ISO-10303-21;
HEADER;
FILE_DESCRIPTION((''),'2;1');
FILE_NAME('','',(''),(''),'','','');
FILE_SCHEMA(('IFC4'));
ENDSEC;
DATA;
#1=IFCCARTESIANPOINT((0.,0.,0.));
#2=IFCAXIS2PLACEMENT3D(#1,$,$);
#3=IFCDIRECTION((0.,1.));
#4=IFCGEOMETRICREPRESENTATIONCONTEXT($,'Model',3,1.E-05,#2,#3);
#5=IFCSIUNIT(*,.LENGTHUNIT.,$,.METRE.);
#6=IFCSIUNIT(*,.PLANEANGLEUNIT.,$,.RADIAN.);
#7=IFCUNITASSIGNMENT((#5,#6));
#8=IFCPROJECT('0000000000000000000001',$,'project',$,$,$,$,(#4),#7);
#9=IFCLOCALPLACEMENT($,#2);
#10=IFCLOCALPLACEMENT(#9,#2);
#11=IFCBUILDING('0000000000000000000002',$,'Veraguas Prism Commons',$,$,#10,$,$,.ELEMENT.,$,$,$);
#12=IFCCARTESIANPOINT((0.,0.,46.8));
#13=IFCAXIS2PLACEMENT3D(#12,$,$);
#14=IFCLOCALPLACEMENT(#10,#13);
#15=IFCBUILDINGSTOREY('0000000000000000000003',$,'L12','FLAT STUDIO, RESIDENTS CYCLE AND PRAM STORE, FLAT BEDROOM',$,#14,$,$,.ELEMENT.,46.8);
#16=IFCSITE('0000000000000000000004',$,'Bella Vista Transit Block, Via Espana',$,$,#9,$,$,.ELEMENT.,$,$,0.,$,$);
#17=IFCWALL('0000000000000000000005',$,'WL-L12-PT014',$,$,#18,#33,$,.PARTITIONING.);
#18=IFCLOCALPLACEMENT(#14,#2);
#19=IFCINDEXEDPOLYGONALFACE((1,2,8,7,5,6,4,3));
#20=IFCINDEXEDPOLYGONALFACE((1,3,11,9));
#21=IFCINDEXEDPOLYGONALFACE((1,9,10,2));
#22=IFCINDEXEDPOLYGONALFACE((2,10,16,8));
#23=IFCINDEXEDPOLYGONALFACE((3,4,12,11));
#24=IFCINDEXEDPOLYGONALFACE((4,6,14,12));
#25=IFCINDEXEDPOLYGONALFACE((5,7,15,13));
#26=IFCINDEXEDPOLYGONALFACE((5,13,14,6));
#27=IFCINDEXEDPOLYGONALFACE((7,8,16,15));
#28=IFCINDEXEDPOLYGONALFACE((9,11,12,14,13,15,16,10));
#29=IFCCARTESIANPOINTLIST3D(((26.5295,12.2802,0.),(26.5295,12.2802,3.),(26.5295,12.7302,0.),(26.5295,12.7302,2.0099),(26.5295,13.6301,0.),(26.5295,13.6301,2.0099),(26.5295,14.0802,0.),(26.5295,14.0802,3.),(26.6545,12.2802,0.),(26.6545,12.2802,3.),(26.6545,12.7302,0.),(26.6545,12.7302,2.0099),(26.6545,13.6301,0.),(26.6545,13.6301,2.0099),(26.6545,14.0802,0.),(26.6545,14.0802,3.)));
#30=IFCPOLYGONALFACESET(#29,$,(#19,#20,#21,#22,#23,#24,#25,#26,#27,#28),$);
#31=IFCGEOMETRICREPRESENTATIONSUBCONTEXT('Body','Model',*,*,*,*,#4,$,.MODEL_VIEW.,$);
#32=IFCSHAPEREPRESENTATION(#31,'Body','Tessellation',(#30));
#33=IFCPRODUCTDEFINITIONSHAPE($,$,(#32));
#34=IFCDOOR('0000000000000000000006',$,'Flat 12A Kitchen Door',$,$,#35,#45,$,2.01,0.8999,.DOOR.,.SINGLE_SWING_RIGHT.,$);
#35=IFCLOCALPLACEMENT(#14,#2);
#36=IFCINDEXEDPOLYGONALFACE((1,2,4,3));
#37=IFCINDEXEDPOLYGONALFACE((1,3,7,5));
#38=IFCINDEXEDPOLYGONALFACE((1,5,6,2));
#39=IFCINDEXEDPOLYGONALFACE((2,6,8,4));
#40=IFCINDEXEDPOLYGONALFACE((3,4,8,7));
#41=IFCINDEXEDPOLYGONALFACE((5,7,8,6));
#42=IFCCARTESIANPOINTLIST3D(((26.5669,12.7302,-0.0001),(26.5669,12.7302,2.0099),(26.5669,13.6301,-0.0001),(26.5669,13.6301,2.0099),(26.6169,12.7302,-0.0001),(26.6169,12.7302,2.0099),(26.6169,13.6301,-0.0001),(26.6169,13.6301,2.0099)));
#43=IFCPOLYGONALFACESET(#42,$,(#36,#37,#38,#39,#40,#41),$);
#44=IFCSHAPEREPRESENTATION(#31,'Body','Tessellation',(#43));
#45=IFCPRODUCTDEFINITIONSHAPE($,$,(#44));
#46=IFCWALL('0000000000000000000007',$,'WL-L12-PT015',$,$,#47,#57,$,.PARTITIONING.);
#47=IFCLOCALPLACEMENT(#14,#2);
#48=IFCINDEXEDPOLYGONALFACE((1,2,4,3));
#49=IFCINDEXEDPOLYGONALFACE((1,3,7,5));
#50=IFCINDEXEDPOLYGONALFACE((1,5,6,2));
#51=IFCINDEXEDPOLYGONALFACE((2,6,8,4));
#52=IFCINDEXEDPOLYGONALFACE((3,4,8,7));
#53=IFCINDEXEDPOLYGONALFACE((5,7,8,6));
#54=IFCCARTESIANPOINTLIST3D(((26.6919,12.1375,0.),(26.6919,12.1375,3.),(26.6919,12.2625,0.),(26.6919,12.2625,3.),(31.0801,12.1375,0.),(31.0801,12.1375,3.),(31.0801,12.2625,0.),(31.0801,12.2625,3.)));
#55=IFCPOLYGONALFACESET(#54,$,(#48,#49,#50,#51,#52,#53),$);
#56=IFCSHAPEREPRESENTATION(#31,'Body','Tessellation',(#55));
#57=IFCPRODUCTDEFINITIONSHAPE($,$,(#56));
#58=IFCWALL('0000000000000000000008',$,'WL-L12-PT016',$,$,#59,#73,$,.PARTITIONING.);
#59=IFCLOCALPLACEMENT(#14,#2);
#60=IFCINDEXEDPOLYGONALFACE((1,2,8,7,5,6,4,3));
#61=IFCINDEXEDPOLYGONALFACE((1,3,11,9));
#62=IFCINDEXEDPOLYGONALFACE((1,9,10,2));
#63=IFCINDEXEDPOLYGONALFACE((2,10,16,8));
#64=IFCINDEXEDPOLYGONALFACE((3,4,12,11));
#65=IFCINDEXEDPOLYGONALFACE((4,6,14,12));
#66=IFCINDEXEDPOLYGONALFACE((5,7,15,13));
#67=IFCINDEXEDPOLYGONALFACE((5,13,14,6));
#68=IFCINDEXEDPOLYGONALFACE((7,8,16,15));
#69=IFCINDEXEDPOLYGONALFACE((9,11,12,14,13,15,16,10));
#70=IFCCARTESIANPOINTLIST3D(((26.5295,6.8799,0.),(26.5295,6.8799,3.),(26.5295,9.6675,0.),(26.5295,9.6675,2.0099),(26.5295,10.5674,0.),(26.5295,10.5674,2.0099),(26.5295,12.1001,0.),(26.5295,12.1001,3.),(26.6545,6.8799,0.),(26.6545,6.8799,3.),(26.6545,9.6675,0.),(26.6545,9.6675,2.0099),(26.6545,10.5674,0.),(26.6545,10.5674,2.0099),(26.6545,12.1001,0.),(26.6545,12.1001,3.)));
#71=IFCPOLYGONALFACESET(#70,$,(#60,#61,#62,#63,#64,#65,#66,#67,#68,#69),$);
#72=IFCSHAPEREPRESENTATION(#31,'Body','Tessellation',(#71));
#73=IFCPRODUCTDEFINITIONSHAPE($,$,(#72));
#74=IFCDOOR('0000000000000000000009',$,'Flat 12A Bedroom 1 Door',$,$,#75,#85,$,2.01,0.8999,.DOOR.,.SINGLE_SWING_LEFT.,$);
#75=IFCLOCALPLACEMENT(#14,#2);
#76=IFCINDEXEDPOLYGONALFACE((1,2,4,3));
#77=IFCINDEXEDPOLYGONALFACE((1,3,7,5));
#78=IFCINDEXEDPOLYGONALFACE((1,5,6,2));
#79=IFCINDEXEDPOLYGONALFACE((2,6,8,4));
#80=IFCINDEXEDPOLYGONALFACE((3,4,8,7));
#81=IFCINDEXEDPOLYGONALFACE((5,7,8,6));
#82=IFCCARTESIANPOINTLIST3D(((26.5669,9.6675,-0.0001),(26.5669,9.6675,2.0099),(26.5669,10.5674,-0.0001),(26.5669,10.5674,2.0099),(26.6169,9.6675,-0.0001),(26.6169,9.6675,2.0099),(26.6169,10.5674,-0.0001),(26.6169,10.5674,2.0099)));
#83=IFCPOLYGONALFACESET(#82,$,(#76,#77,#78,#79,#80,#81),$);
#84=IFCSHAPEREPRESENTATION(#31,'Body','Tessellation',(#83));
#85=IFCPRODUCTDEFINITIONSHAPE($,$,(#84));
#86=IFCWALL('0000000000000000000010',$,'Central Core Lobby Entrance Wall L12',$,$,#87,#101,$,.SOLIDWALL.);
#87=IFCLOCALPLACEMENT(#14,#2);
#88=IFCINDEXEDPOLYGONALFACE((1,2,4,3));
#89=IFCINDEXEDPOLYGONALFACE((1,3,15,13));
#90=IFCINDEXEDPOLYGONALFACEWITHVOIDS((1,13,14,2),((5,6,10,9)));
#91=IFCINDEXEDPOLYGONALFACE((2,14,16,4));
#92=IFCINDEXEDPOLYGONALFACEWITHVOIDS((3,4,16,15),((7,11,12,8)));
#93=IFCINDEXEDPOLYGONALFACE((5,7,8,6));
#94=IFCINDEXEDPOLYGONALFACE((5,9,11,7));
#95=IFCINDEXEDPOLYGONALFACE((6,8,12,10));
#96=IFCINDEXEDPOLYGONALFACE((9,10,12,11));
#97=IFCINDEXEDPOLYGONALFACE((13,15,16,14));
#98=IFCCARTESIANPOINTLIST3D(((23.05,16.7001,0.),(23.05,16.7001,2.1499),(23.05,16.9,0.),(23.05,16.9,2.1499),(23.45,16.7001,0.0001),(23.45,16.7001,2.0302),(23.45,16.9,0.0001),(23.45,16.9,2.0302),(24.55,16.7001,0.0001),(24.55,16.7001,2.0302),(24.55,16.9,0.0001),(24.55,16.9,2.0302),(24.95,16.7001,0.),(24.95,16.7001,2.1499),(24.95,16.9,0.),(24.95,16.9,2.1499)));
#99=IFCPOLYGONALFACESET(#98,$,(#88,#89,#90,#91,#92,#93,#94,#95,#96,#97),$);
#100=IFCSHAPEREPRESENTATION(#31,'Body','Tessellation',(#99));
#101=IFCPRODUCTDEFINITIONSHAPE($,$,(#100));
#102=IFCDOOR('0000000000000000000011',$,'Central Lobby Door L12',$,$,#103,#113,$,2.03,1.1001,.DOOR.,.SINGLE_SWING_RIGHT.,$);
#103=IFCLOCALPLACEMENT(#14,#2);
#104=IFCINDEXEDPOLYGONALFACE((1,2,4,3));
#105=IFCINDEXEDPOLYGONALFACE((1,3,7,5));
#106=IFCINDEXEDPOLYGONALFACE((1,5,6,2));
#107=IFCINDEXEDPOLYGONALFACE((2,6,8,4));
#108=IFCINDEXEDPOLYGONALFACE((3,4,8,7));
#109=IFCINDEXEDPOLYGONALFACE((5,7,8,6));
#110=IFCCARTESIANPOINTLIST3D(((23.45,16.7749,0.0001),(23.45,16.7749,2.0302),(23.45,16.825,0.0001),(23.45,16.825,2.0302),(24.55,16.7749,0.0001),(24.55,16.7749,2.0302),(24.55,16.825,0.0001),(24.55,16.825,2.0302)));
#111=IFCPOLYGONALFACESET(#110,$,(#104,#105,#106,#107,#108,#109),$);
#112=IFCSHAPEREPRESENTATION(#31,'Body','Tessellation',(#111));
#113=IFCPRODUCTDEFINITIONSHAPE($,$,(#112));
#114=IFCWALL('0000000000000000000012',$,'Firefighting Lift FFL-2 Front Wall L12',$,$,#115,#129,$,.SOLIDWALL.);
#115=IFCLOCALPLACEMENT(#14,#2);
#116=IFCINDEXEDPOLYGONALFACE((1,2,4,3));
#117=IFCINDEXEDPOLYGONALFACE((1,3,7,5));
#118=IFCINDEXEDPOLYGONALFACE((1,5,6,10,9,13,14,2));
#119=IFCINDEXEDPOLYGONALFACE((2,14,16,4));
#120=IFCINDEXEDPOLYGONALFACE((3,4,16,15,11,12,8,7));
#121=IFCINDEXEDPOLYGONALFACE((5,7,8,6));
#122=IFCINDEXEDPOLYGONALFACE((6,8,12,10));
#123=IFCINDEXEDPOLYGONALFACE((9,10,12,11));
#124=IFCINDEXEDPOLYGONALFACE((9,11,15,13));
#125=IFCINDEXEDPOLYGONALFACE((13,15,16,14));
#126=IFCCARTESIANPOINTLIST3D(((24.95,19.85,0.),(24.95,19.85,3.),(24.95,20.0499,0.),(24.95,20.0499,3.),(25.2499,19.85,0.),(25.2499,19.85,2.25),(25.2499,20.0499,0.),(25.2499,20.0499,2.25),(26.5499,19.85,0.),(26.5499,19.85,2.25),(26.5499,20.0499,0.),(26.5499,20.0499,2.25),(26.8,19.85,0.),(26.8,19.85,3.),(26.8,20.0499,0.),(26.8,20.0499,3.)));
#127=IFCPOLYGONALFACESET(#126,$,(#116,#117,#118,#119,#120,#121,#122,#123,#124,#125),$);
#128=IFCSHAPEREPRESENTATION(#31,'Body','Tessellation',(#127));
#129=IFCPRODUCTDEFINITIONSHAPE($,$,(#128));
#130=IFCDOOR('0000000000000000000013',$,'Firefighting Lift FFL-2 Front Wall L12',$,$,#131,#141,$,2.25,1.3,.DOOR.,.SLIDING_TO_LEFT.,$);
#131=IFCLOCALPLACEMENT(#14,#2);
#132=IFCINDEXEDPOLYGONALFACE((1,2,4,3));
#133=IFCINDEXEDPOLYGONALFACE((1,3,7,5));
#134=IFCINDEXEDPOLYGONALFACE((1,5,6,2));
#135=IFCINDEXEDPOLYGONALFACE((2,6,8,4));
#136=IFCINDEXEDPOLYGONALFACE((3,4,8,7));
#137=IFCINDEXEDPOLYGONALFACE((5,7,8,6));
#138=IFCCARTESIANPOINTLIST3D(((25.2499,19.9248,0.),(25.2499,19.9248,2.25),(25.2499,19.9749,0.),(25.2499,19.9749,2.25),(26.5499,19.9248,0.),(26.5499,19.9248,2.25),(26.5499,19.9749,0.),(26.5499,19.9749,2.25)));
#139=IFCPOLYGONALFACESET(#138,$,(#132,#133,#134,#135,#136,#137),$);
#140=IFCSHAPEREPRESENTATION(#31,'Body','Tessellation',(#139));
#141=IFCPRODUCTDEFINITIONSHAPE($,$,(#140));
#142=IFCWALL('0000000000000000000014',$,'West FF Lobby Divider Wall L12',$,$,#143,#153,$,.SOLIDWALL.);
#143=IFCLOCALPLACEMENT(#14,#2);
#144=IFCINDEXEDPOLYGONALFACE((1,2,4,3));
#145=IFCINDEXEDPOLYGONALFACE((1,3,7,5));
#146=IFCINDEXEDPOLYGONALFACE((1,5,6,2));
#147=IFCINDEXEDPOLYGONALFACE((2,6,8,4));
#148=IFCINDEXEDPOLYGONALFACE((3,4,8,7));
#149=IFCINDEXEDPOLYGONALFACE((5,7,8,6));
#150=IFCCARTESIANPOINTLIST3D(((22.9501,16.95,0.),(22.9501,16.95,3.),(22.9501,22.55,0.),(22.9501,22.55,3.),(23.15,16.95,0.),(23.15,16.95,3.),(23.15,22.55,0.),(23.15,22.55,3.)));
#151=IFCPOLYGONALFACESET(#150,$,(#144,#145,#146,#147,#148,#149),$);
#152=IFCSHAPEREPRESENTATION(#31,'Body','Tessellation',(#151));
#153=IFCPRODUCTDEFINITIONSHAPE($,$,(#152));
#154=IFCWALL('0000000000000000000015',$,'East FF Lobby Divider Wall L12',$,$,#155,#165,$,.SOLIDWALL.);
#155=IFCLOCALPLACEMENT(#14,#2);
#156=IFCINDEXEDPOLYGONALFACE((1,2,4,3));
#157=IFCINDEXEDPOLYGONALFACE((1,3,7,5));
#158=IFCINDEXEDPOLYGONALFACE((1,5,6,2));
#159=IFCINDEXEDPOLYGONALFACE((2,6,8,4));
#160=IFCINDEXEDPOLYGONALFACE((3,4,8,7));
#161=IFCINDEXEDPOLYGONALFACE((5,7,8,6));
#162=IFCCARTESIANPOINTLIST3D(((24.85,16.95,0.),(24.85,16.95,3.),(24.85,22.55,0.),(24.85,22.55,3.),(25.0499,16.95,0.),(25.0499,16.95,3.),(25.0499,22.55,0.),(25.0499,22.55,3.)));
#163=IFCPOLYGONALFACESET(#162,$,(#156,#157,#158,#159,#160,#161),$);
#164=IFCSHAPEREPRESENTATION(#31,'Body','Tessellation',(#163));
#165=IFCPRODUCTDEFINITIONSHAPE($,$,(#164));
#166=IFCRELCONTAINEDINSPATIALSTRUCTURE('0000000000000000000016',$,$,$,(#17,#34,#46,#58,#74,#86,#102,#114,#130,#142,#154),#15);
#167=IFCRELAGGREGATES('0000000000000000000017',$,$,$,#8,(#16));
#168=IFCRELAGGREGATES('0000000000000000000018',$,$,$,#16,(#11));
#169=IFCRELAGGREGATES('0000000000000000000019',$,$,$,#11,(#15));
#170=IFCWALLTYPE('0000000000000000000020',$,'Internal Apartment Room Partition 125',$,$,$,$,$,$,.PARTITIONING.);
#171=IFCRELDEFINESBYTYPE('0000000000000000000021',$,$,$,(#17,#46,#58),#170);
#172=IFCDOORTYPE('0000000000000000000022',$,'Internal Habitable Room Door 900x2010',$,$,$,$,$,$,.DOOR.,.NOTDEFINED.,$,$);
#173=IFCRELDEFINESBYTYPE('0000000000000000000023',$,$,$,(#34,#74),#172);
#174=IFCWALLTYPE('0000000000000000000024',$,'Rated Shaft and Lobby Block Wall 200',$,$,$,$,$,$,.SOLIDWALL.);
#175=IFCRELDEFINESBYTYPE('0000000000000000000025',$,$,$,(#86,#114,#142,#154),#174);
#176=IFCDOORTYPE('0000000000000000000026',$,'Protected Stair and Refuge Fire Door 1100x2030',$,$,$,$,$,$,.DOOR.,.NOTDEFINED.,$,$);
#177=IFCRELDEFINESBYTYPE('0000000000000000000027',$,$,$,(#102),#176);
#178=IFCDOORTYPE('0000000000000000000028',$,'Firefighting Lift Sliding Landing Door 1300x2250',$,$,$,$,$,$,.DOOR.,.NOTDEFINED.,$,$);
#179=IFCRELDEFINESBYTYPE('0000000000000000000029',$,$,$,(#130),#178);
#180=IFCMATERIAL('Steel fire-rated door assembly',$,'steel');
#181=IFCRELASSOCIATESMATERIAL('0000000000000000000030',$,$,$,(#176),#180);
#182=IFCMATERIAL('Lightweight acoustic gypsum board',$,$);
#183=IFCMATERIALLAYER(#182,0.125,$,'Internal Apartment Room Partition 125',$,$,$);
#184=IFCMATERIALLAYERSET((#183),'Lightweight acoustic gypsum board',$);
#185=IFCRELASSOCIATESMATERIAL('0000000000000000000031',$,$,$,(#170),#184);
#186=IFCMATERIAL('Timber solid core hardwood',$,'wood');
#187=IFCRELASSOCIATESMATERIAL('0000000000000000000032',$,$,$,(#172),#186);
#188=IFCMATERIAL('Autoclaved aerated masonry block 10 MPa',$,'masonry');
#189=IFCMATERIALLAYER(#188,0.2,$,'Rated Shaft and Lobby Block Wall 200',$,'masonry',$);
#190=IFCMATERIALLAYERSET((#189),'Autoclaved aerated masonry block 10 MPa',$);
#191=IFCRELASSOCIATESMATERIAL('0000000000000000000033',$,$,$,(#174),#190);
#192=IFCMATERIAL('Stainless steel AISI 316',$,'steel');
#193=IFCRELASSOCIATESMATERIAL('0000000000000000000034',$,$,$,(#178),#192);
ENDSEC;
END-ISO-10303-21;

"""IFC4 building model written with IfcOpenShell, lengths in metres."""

from ifc_helpers import new_model, si_unit, direction, frame, frame_2d, origin, place, context, subcontext, project, spatial, rectangle, extrude, source, transform, mapped, material, layer, layer_set, type_object, element, fill, save


model = new_model("IFC4")

# Units and contexts
model_context = context("Model", 3, precision=1e-05, world=origin(), true_north=direction((0.0, 1.0)))
body_context = subcontext(model_context, "Body", "Model", "MODEL_VIEW")
ifc_project = project(units=[si_unit("LENGTHUNIT", "METRE"), si_unit("PLANEANGLEUNIT", "RADIAN")], contexts=[model_context])

# Site, building, storey
site_placement = place(None, origin())
site = spatial("IfcSite", under=ifc_project, at=site_placement, Name="Bella Vista Transit Block, Via Espana", CompositionType="ELEMENT", RefElevation=0.0)
building_placement = place(site_placement, origin())
building = spatial("IfcBuilding", under=site, at=building_placement, Name="Veraguas Prism Commons", CompositionType="ELEMENT")
storey_placement = place(building_placement, frame((0.0, 0.0, 46.8)))
storey = spatial("IfcBuildingStorey", under=building, at=storey_placement, Name="L12", Description="FLAT STUDIO, RESIDENTS CYCLE AND PRAM STORE, FLAT BEDROOM", CompositionType="ELEMENT", Elevation=46.8)

# Shared definitions
ifc_material_1 = material(Name="Steel fire-rated door assembly", Category="steel")
door_type_1 = type_object("IfcDoorType", Name="Protected Stair and Refuge Fire Door 1100x2030", OperationType="NOTDEFINED", PredefinedType="DOOR", material=ifc_material_1)
shared_shape_1 = source(origin(), body_context, "Body", "SweptSolid", [
    extrude(rectangle(XDim=1.1001, YDim=2.03, at=frame_2d((0.55, 1.0151))), frame((0.0, 0.0249, 0.0), z_axis=(0.0, -1.0, 0.0), x_axis=(1.0, 0.0, 0.0)), (0.0, 0.0, 1.0), 0.05),
])

# Shared definitions
ifc_material_2 = material(Name="Autoclaved aerated masonry block 10 MPa", Category="masonry")

# Wall, opening, door
ifc_material_3 = material(Name="Lightweight acoustic gypsum board")
ifc_layer_1 = layer(ifc_material_3, 0.125, Name="Internal Apartment Room Partition 125")
ifc_layer_set_1 = layer_set([ifc_layer_1], Name="Lightweight acoustic gypsum board")
wall_type_1 = type_object("IfcWallType", Name="Internal Apartment Room Partition 125", PredefinedType="PARTITIONING", material=ifc_layer_set_1)
wall_1_placement = place(storey_placement, frame((26.592, 14.0801, 0.0), z_axis=(0.0, 0.0, 1.0), x_axis=(0.0, -1.0, 0.0)))
wall_1 = element("IfcWall", 1, at=wall_1_placement, inside=storey, type_object=wall_type_1, Name="WL-L12-PT014", PredefinedType="PARTITIONING", context=body_context, shape_type="SweptSolid", body=[
    extrude(rectangle(XDim=1.8, YDim=0.125, at=frame_2d((0.8999, 0.0))), origin(), (0.0, 0.0, 1.0), 3.0),
])
opening_1_placement = place(wall_1_placement, frame((0.45, 0.0, 0.0)))
opening_1 = element("IfcOpeningElement", 2, at=opening_1_placement, cuts=wall_1, PredefinedType="OPENING", context=body_context, shape_type="SweptSolid", body=[
    extrude(rectangle(XDim=0.8999, YDim=2.01, at=frame_2d((0.45, 1.0049))), frame((0.0, 0.0725, 0.0), z_axis=(0.0, -1.0, 0.0), x_axis=(1.0, 0.0, 0.0)), (0.0, 0.0, 1.0), 0.145),
])
ifc_material_4 = material(Name="Timber solid core hardwood", Category="wood")
door_type_2 = type_object("IfcDoorType", Name="Internal Habitable Room Door 900x2010", OperationType="NOTDEFINED", PredefinedType="DOOR", material=ifc_material_4)
shared_shape_2 = source(origin(), body_context, "Body", "SweptSolid", [
    extrude(rectangle(XDim=0.8999, YDim=2.01, at=frame_2d((0.45, 1.0049))), frame((0.0, 0.0249, 0.0), z_axis=(0.0, -1.0, 0.0), x_axis=(1.0, 0.0, 0.0)), (0.0, 0.0, 1.0), 0.05),
])
door_1_placement = place(opening_1_placement, origin())
door_1 = element("IfcDoor", 3, at=door_1_placement, inside=storey, type_object=door_type_2, Name="Flat 12A Kitchen Door", OperationType="SINGLE_SWING_RIGHT", OverallHeight=2.01, OverallWidth=0.8999, PredefinedType="DOOR", context=body_context, shape_type="MappedRepresentation", body=[
    mapped(shared_shape_2, transform((0.0, 0.0, 0.0), scale=1.0)),
])
fill(opening_1, door_1)

# Wall
wall_2_placement = place(storey_placement, frame((26.6919, 12.2, 0.0), z_axis=(0.0, 0.0, 1.0), x_axis=(1.0, 0.0, 0.0)))
element("IfcWall", 4, at=wall_2_placement, inside=storey, type_object=wall_type_1, Name="WL-L12-PT015", PredefinedType="PARTITIONING", context=body_context, shape_type="SweptSolid", body=[
    extrude(rectangle(XDim=4.3882, YDim=0.125, at=frame_2d((2.1941, 0.0))), origin(), (0.0, 0.0, 1.0), 3.0),
])

# Walls, openings, doors
wall_3_placement = place(storey_placement, frame((26.592, 12.1001, 0.0), z_axis=(0.0, 0.0, 1.0), x_axis=(0.0, -1.0, 0.0)))
wall_3 = element("IfcWall", 5, at=wall_3_placement, inside=storey, type_object=wall_type_1, Name="WL-L12-PT016", PredefinedType="PARTITIONING", context=body_context, shape_type="SweptSolid", body=[
    extrude(rectangle(XDim=5.2202, YDim=0.125, at=frame_2d((2.6101, 0.0))), origin(), (0.0, 0.0, 1.0), 3.0),
])
opening_2_placement = place(wall_3_placement, frame((1.5327, 0.0, 0.0)))
opening_2 = element("IfcOpeningElement", 6, at=opening_2_placement, cuts=wall_3, PredefinedType="OPENING", context=body_context, shape_type="SweptSolid", body=[
    extrude(rectangle(XDim=0.8999, YDim=2.01, at=frame_2d((0.45, 1.0049))), frame((0.0, 0.0725, 0.0), z_axis=(0.0, -1.0, 0.0), x_axis=(1.0, 0.0, 0.0)), (0.0, 0.0, 1.0), 0.145),
])
door_2_placement = place(opening_2_placement, origin())
door_2 = element("IfcDoor", 7, at=door_2_placement, inside=storey, type_object=door_type_2, Name="Flat 12A Bedroom 1 Door", OperationType="SINGLE_SWING_LEFT", OverallHeight=2.01, OverallWidth=0.8999, PredefinedType="DOOR", context=body_context, shape_type="MappedRepresentation", body=[
    mapped(shared_shape_2, transform((0.0, 0.0, 0.0), scale=1.0)),
])
fill(opening_2, door_2)
ifc_layer_2 = layer(ifc_material_2, 0.2, Name="Rated Shaft and Lobby Block Wall 200", Category="masonry")
ifc_layer_set_2 = layer_set([ifc_layer_2], Name="Autoclaved aerated masonry block 10 MPa")
wall_type_2 = type_object("IfcWallType", Name="Rated Shaft and Lobby Block Wall 200", PredefinedType="SOLIDWALL", material=ifc_layer_set_2)
wall_4_placement = place(storey_placement, frame((23.05, 16.8, 0.0), z_axis=(0.0, 0.0, 1.0), x_axis=(1.0, 0.0, 0.0)))
wall_4 = element("IfcWall", 8, at=wall_4_placement, inside=storey, type_object=wall_type_2, Name="Central Core Lobby Entrance Wall L12", PredefinedType="SOLIDWALL", context=body_context, shape_type="SweptSolid", body=[
    extrude(rectangle(XDim=1.8999, YDim=0.2, at=frame_2d((0.95, 0.0))), origin(), (0.0, 0.0, 1.0), 2.1499),
])
opening_3_placement = place(wall_4_placement, frame((0.3999, 0.0, 0.0)))
opening_3 = element("IfcOpeningElement", 9, at=opening_3_placement, cuts=wall_4, PredefinedType="OPENING", context=body_context, shape_type="SweptSolid", body=[
    extrude(rectangle(XDim=1.1001, YDim=2.03, at=frame_2d((0.55, 1.0151))), frame((0.0, 0.1099, 0.0), z_axis=(0.0, -1.0, 0.0), x_axis=(1.0, 0.0, 0.0)), (0.0, 0.0, 1.0), 0.22),
])
door_3_placement = place(opening_3_placement, origin())
door_3 = element("IfcDoor", 10, at=door_3_placement, inside=storey, type_object=door_type_1, Name="Central Lobby Door L12", OperationType="SINGLE_SWING_RIGHT", OverallHeight=2.03, OverallWidth=1.1001, PredefinedType="DOOR", context=body_context, shape_type="MappedRepresentation", body=[
    mapped(shared_shape_1, transform((0.0, 0.0, 0.0), scale=1.0)),
])
fill(opening_3, door_3)
wall_5_placement = place(storey_placement, frame((24.95, 19.95, 0.0), z_axis=(0.0, 0.0, 1.0), x_axis=(1.0, 0.0, 0.0)))
wall_5 = element("IfcWall", 11, at=wall_5_placement, inside=storey, type_object=wall_type_2, Name="Firefighting Lift FFL-2 Front Wall L12", PredefinedType="SOLIDWALL", context=body_context, shape_type="SweptSolid", body=[
    extrude(rectangle(XDim=1.8501, YDim=0.2, at=frame_2d((0.925, 0.0))), origin(), (0.0, 0.0, 1.0), 3.0),
])
opening_4_placement = place(wall_5_placement, frame((0.3, 0.0, 0.0)))
opening_4 = element("IfcOpeningElement", 12, at=opening_4_placement, cuts=wall_5, PredefinedType="OPENING", context=body_context, shape_type="SweptSolid", body=[
    extrude(rectangle(XDim=1.3, YDim=2.25, at=frame_2d((0.6499, 1.125))), frame((0.0, 0.1099, 0.0), z_axis=(0.0, -1.0, 0.0), x_axis=(1.0, 0.0, 0.0)), (0.0, 0.0, 1.0), 0.22),
])
ifc_material_5 = material(Name="Stainless steel AISI 316", Category="steel")
door_type_3 = type_object("IfcDoorType", Name="Firefighting Lift Sliding Landing Door 1300x2250", OperationType="NOTDEFINED", PredefinedType="DOOR", material=ifc_material_5)
shared_shape_3 = source(origin(), body_context, "Body", "SweptSolid", [
    extrude(rectangle(XDim=1.3, YDim=2.25, at=frame_2d((0.6499, 1.125))), frame((0.0, 0.0249, 0.0), z_axis=(0.0, -1.0, 0.0), x_axis=(1.0, 0.0, 0.0)), (0.0, 0.0, 1.0), 0.05),
])
door_4_placement = place(opening_4_placement, origin())
door_4 = element("IfcDoor", 13, at=door_4_placement, inside=storey, type_object=door_type_3, Name="Firefighting Lift FFL-2 Front Wall L12", OperationType="SLIDING_TO_LEFT", OverallHeight=2.25, OverallWidth=1.3, PredefinedType="DOOR", context=body_context, shape_type="MappedRepresentation", body=[
    mapped(shared_shape_3, transform((0.0, 0.0, 0.0), scale=1.0)),
])
fill(opening_4, door_4)

# Walls
for number, where, z_axis, x_axis, name in (
    (14, (23.05, 16.95, 0.0), (0.0, 0.0, 1.0), (0.0, 1.0, 0.0), "West FF Lobby Divider Wall L12"),
    (15, (24.95, 16.95, 0.0), (0.0, 0.0, 1.0), (0.0, 1.0, 0.0), "East FF Lobby Divider Wall L12"),
):
    element("IfcWall", number, at=place(storey_placement, frame(where, z_axis=z_axis, x_axis=x_axis)), inside=storey, type_object=wall_type_2, Name=name, PredefinedType="SOLIDWALL", context=body_context, shape_type="SweptSolid", body=[
        extrude(rectangle(XDim=5.6001, YDim=0.2, at=frame_2d((2.8, 0.0))), origin(), (0.0, 0.0, 1.0), 3.0),
    ])

save(model, "model.ifc")
